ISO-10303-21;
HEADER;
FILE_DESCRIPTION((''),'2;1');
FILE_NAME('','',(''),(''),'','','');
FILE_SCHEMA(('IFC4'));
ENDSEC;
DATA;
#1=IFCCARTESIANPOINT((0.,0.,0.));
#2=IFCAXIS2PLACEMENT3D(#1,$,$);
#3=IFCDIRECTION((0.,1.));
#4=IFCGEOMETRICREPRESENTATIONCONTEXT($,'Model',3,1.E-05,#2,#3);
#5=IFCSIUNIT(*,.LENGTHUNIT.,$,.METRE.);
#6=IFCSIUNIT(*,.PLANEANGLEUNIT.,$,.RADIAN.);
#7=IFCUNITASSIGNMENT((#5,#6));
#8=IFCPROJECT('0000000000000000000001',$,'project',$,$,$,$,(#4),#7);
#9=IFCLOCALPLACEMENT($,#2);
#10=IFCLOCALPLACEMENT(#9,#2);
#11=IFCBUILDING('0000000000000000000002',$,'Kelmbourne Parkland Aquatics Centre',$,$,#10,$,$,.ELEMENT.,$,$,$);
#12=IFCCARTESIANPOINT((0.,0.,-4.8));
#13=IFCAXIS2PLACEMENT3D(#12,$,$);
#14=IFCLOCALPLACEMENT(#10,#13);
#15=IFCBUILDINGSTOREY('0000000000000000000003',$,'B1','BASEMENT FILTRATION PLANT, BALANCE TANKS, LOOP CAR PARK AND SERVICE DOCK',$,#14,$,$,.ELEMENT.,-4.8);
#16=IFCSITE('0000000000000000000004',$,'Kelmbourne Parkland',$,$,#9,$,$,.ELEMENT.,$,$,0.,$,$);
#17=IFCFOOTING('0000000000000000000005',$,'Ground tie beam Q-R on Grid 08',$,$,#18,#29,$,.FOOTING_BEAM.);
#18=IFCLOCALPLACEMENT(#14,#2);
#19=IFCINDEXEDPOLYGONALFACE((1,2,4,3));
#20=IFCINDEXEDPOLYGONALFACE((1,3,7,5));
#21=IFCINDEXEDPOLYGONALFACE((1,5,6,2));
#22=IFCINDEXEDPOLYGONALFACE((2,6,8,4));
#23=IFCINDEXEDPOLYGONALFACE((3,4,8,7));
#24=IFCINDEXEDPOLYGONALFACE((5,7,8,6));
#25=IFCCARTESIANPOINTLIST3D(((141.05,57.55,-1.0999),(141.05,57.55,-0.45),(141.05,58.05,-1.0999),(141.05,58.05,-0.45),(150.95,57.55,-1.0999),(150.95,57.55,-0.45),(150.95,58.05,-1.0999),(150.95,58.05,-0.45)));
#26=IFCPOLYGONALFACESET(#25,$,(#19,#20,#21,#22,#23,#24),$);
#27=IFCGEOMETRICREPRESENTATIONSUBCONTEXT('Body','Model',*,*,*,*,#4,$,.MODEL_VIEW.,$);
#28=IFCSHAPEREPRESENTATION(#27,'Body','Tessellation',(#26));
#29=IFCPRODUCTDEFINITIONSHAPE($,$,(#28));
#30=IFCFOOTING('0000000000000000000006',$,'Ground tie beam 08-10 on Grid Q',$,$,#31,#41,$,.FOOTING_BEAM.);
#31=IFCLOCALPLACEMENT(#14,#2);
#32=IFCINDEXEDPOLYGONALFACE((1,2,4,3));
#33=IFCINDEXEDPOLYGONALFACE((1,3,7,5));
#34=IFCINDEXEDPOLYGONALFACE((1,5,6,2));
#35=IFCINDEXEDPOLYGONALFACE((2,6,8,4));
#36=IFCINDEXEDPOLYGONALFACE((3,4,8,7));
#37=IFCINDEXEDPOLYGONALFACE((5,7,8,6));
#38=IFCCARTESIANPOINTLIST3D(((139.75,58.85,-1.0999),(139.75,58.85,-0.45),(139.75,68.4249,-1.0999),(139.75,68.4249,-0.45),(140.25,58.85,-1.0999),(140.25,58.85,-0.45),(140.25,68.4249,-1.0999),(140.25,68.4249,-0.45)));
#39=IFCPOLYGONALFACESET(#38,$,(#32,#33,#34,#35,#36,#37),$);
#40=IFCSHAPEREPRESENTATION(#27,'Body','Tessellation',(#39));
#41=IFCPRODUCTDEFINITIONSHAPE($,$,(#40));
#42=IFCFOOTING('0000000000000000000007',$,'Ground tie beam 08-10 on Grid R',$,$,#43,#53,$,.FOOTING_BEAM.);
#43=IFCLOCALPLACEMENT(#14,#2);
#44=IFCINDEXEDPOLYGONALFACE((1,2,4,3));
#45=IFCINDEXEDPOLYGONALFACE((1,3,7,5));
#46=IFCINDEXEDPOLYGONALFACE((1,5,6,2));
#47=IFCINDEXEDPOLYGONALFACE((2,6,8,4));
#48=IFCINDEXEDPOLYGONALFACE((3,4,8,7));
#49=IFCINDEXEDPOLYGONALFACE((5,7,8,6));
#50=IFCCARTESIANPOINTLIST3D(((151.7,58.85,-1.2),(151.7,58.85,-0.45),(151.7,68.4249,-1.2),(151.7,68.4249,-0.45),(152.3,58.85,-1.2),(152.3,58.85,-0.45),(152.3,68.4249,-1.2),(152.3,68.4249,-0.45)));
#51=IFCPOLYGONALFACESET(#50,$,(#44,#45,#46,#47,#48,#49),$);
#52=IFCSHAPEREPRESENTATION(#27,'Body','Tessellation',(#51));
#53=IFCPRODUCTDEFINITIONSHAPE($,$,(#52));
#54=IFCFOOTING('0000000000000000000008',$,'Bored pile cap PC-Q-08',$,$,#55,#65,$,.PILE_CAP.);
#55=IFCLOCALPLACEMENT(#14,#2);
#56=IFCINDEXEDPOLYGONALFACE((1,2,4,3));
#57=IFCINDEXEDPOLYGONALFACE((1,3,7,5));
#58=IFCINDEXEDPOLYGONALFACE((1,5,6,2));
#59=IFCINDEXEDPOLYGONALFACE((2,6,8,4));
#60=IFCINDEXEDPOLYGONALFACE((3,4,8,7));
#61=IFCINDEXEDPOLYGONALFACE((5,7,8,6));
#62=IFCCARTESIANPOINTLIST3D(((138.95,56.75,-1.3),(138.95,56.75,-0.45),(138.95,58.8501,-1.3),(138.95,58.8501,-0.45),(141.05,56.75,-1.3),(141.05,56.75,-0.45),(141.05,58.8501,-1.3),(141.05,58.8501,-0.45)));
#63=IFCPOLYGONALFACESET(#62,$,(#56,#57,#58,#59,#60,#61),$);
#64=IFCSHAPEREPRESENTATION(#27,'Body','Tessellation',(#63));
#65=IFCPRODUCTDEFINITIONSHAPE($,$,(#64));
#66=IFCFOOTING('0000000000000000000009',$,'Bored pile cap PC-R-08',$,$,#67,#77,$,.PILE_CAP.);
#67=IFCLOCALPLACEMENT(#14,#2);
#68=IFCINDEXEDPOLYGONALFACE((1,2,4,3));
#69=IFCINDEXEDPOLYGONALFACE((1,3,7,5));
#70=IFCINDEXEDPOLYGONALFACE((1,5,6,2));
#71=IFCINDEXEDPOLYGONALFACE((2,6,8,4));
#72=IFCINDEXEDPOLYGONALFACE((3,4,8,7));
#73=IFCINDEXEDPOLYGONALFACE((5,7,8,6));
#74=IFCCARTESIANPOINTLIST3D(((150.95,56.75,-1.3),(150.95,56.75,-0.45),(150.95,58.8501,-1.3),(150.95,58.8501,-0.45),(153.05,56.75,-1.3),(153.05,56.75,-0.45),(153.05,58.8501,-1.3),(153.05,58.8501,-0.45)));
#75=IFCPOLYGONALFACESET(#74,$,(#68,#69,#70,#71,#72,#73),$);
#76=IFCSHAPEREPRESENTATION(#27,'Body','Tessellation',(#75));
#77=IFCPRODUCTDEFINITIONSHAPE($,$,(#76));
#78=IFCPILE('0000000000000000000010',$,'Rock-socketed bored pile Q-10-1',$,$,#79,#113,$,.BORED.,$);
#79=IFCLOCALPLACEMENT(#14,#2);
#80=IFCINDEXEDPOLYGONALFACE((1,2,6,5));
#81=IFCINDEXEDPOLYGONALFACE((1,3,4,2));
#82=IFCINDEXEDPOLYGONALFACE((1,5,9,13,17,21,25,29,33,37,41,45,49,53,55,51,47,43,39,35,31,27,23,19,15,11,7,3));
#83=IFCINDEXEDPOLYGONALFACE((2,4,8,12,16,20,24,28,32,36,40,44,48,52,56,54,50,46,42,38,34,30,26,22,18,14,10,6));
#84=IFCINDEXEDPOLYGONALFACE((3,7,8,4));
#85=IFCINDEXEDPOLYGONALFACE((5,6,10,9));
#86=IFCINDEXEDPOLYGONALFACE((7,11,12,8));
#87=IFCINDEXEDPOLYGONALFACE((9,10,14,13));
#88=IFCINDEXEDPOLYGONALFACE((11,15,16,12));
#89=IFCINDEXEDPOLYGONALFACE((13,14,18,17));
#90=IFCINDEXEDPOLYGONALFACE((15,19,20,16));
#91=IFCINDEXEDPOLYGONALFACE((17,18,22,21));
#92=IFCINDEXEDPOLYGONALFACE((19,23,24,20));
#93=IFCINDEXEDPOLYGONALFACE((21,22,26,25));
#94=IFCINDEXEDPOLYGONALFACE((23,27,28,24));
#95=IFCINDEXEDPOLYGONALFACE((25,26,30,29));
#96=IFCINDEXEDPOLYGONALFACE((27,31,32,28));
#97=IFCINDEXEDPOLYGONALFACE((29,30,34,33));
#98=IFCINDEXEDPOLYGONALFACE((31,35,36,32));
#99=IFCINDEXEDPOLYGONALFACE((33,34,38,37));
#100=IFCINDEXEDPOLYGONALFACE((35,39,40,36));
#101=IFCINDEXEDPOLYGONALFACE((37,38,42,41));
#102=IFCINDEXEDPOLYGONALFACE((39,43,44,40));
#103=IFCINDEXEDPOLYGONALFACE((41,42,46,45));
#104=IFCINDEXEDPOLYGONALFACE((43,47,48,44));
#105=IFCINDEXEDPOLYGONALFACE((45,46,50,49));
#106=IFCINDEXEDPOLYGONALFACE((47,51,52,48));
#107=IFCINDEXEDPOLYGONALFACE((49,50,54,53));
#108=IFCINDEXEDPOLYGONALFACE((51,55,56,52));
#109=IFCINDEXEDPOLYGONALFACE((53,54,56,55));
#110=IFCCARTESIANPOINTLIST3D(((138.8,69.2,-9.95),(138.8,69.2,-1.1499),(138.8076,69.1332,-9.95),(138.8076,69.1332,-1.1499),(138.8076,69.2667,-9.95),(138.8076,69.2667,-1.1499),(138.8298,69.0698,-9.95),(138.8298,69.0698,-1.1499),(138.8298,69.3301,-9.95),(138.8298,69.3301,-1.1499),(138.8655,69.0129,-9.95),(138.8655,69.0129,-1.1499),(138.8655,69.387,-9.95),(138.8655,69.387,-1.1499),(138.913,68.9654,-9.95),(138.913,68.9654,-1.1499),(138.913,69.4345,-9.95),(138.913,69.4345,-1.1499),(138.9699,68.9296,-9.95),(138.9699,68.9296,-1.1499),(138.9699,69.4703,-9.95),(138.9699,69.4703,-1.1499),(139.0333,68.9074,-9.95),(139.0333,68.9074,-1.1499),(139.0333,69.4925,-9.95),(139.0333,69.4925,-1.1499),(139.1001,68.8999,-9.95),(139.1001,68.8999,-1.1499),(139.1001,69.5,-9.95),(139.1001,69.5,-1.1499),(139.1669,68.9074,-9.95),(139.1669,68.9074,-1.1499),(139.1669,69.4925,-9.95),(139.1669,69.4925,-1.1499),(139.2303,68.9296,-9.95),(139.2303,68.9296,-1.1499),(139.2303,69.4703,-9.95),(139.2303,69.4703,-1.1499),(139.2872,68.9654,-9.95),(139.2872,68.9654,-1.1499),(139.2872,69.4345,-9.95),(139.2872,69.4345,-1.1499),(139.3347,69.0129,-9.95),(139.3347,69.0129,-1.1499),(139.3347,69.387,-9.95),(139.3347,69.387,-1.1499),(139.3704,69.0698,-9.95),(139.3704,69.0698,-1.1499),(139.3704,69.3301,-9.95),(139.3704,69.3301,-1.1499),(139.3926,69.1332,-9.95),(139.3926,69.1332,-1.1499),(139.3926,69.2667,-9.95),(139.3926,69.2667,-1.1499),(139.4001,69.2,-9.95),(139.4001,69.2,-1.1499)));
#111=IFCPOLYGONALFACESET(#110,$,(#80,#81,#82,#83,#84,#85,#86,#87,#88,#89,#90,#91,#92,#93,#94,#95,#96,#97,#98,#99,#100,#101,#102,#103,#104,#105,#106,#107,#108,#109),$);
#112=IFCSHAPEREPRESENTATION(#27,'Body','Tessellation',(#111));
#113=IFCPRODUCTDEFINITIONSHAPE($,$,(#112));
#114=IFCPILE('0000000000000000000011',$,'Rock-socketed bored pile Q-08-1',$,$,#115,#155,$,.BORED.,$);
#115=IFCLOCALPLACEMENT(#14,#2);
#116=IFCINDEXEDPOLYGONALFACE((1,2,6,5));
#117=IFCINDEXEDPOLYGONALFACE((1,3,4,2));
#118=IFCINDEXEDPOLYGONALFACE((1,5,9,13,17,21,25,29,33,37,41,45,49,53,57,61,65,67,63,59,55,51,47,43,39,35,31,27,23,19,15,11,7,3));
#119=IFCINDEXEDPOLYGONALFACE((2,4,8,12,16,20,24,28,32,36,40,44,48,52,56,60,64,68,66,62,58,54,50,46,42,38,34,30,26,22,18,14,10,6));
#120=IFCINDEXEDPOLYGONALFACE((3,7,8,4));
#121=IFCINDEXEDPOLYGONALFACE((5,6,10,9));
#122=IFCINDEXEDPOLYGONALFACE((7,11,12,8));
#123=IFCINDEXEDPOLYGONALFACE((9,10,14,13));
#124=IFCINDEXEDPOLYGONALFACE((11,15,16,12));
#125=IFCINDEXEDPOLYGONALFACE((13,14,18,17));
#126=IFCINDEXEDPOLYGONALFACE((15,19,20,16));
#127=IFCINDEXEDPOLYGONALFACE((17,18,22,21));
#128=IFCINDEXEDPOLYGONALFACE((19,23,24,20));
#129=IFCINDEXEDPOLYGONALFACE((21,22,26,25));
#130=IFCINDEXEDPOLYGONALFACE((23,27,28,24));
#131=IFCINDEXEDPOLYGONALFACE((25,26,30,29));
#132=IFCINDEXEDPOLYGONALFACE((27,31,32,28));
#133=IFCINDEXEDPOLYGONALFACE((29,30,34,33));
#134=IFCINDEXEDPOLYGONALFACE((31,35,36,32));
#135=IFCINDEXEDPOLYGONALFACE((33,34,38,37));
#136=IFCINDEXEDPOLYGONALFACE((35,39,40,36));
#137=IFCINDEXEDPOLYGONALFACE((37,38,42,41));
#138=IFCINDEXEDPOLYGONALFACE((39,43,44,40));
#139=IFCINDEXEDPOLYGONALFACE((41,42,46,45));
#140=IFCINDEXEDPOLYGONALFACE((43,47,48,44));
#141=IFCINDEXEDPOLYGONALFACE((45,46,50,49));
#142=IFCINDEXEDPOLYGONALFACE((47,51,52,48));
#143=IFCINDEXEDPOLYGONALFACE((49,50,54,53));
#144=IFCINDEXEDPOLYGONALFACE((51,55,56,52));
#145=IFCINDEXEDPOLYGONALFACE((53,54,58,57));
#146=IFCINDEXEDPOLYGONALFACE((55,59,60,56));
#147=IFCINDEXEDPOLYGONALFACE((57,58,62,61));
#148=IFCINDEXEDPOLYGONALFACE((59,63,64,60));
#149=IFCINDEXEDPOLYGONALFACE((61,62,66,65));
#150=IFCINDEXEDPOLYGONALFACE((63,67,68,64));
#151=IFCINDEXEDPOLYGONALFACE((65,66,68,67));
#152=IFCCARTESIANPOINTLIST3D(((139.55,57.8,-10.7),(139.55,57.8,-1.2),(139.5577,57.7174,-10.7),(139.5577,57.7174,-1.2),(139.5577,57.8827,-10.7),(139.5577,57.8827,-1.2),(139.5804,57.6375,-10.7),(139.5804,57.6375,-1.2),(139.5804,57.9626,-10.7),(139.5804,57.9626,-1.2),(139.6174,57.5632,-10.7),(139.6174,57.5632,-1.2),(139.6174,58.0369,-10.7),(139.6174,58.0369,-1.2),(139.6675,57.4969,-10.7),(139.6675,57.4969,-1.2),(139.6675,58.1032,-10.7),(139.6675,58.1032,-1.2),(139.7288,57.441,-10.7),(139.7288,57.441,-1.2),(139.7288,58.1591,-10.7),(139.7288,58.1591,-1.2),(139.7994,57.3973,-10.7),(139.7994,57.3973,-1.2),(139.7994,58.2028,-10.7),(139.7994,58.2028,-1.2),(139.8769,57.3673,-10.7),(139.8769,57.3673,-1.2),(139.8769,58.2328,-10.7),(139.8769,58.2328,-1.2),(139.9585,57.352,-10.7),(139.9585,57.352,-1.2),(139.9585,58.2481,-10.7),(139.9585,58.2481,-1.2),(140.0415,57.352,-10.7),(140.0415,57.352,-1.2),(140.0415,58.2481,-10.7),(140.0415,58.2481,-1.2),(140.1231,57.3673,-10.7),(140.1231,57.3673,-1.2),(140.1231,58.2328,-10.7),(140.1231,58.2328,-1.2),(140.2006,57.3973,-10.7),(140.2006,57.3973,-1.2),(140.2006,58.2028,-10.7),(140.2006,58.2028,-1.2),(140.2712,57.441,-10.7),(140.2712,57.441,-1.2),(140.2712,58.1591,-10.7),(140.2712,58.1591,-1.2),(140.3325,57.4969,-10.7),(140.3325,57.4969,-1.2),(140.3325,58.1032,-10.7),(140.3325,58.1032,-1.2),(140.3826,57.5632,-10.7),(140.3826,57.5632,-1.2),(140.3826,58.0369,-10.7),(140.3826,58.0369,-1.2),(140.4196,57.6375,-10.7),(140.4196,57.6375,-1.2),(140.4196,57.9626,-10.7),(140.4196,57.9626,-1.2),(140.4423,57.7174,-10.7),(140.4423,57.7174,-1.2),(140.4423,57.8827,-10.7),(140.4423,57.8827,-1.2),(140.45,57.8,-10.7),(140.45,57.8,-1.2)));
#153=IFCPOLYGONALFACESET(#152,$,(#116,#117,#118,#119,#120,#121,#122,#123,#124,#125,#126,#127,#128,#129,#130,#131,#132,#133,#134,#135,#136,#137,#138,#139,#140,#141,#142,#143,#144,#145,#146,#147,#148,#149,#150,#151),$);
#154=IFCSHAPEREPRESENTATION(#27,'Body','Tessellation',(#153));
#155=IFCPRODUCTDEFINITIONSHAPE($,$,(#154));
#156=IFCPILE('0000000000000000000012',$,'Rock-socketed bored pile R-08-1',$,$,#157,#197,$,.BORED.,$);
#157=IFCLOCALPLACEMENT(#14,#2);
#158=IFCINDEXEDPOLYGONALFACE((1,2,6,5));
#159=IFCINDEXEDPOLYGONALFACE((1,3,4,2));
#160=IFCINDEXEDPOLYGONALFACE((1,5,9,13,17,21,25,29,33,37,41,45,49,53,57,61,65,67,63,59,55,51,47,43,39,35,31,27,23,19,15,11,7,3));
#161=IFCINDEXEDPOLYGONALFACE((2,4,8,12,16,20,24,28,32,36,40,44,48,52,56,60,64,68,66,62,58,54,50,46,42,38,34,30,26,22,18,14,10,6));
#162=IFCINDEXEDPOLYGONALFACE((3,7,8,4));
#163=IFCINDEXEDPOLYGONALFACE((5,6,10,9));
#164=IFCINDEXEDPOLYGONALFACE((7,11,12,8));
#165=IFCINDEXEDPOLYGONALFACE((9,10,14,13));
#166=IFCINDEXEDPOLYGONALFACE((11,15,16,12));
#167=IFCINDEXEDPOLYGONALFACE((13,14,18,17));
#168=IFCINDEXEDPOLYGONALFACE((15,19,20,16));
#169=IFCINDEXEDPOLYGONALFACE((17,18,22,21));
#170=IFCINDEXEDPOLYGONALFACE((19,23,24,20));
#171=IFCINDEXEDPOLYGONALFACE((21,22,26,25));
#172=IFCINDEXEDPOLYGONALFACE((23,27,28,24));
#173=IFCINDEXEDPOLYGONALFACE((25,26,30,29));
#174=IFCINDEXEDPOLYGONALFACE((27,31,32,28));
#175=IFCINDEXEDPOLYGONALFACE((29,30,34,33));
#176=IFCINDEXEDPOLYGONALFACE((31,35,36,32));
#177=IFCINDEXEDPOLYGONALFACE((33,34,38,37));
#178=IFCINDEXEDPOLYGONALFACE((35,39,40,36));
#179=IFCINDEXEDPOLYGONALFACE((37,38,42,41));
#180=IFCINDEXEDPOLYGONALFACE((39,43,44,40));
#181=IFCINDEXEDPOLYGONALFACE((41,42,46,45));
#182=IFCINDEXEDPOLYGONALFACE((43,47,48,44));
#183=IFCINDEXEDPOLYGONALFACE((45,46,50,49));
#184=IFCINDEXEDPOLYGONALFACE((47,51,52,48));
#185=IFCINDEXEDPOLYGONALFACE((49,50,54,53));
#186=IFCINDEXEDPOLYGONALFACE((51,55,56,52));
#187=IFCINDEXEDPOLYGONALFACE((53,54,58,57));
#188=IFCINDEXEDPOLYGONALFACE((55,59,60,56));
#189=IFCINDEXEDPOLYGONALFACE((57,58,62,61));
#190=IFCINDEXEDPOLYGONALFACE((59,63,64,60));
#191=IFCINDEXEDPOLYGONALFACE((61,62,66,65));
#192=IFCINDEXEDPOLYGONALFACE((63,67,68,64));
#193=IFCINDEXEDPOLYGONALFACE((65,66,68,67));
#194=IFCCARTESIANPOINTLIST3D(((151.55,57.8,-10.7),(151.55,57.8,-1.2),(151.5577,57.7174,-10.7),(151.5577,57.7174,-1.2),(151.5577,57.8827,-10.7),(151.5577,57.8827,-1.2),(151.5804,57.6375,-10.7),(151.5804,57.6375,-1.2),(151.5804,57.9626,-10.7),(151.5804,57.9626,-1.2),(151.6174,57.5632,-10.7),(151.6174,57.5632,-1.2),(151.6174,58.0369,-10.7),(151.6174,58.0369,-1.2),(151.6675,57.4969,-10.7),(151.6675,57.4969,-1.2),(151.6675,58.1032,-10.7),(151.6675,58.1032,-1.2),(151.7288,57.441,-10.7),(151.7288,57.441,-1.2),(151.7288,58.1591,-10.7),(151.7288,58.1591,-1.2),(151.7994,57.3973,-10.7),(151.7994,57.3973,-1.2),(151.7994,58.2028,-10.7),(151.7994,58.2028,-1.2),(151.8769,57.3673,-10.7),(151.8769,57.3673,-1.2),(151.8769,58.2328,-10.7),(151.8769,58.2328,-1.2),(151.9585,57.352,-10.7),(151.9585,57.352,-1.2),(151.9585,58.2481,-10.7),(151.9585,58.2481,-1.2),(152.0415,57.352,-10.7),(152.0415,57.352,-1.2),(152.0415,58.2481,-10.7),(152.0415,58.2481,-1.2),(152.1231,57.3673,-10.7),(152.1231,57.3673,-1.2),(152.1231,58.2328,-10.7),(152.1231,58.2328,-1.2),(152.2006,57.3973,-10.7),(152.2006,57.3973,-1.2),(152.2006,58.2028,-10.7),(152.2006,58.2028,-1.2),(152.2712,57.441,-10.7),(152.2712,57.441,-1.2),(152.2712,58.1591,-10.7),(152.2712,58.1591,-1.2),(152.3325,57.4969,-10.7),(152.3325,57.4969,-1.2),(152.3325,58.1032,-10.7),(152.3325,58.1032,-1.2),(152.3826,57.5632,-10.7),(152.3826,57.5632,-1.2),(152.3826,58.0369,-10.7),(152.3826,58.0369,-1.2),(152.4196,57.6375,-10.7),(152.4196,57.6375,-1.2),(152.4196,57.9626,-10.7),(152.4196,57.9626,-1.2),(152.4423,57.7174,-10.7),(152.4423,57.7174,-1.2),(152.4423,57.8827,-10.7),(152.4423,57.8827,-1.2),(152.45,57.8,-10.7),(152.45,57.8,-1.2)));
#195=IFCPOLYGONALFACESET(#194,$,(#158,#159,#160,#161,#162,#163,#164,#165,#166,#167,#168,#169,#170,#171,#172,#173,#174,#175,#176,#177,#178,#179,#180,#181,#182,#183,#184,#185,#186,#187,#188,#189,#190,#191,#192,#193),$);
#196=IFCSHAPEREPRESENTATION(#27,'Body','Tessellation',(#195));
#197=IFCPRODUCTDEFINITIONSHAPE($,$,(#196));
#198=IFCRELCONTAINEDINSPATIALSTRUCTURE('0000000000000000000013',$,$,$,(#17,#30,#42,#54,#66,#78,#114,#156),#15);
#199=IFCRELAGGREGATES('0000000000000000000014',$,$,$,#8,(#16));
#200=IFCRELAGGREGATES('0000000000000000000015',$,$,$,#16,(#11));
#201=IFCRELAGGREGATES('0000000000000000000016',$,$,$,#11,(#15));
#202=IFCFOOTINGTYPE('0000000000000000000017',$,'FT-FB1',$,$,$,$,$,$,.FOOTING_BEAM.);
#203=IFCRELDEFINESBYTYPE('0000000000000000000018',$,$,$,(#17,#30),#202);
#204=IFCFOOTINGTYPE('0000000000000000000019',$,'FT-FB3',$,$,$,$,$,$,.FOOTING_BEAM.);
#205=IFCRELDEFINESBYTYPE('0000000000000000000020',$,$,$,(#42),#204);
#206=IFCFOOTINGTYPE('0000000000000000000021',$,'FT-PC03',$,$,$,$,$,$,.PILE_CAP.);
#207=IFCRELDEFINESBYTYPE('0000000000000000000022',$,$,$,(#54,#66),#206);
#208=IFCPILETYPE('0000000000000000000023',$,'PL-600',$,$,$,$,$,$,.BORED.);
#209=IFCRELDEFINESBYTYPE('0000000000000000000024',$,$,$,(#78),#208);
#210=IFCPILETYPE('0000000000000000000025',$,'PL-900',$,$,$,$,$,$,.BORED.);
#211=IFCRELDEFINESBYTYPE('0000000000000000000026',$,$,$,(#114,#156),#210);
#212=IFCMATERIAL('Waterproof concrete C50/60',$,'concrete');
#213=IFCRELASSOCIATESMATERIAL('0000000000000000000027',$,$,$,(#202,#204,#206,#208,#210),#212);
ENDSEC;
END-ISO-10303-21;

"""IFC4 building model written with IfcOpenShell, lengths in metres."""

from ifc_helpers import new_model, si_unit, direction, frame, origin, origin_2d, place, context, subcontext, project, spatial, rectangle, circle, extrude, material, material_profile, profile_set, type_object, element, save


model = new_model("IFC4")

# Units and contexts
model_context = context("Model", 3, precision=1e-05, world=origin(), true_north=direction((0.0, 1.0)))
body_context = subcontext(model_context, "Body", "Model", "MODEL_VIEW")
ifc_project = project(units=[si_unit("LENGTHUNIT", "METRE"), si_unit("PLANEANGLEUNIT", "RADIAN")], contexts=[model_context])

# Site, building, storey
site_placement = place(None, origin())
site = spatial("IfcSite", under=ifc_project, at=site_placement, Name="Kelmbourne Parkland", CompositionType="ELEMENT", RefElevation=0.0)
building_placement = place(site_placement, origin())
building = spatial("IfcBuilding", under=site, at=building_placement, Name="Kelmbourne Parkland Aquatics Centre", CompositionType="ELEMENT")
storey_placement = place(building_placement, frame((0.0, 0.0, -4.8)))
storey = spatial("IfcBuildingStorey", under=building, at=storey_placement, Name="B1", Description="BASEMENT FILTRATION PLANT, BALANCE TANKS, LOOP CAR PARK AND SERVICE DOCK", CompositionType="ELEMENT", Elevation=-4.8)

# Footings
ifc_material_1 = material(Name="Waterproof concrete C50/60", Category="concrete")
footing_type_1 = type_object("IfcFootingType", Name="FT-FB1", PredefinedType="FOOTING_BEAM", material=ifc_material_1)
footing_1_placement = place(storey_placement, frame((146.0, 57.8, -1.0999), z_axis=(0.0, 0.0, 1.0), x_axis=(1.0, 0.0, 0.0)))
element("IfcFooting", 1, at=footing_1_placement, inside=storey, type_object=footing_type_1, Name="Ground tie beam Q-R on Grid 08", PredefinedType="FOOTING_BEAM", context=body_context, shape_type="SweptSolid", body=[
    extrude(rectangle(XDim=9.8999, YDim=0.5, at=origin_2d()), origin(), (0.0, 0.0, 1.0), 0.6499),
])
footing_2_placement = place(storey_placement, frame((140.0, 63.6375, -1.0999), z_axis=(0.0, 0.0, 1.0), x_axis=(0.0, 1.0, 0.0)))
element("IfcFooting", 2, at=footing_2_placement, inside=storey, type_object=footing_type_1, Name="Ground tie beam 08-10 on Grid Q", PredefinedType="FOOTING_BEAM", context=body_context, shape_type="SweptSolid", body=[
    extrude(rectangle(XDim=9.575, YDim=0.5, at=origin_2d()), origin(), (0.0, 0.0, 1.0), 0.6499),
])
footing_type_2 = type_object("IfcFootingType", Name="FT-FB3", PredefinedType="FOOTING_BEAM", material=ifc_material_1)
footing_3_placement = place(storey_placement, frame((152.0, 63.6375, -1.2), z_axis=(0.0, 0.0, 1.0), x_axis=(0.0, 1.0, 0.0)))
element("IfcFooting", 3, at=footing_3_placement, inside=storey, type_object=footing_type_2, Name="Ground tie beam 08-10 on Grid R", PredefinedType="FOOTING_BEAM", context=body_context, shape_type="SweptSolid", body=[
    extrude(rectangle(XDim=9.575, YDim=0.6001, at=origin_2d()), origin(), (0.0, 0.0, 1.0), 0.75),
])
footing_type_3 = type_object("IfcFootingType", Name="FT-PC03", PredefinedType="PILE_CAP", material=ifc_material_1)
for number, where, z_axis, x_axis, name in (
    (4, (140.0, 57.8, -1.3), (0.0, 0.0, 1.0), (1.0, 0.0, 0.0), "Bored pile cap PC-Q-08"),
    (5, (152.0, 57.8, -1.3), (0.0, 0.0, 1.0), (1.0, 0.0, 0.0), "Bored pile cap PC-R-08"),
):
    element("IfcFooting", number, at=place(storey_placement, frame(where, z_axis=z_axis, x_axis=x_axis)), inside=storey, type_object=footing_type_3, Name=name, PredefinedType="PILE_CAP", context=body_context, shape_type="SweptSolid", body=[
        extrude(rectangle(XDim=2.1001, YDim=2.1001, at=origin_2d()), origin(), (0.0, 0.0, 1.0), 0.8501),
    ])

# Piles
ifc_material_profile_1 = material_profile(ifc_material_1, circle(Radius=0.3, at=origin_2d()), Name="PILE D600")
ifc_profile_set_1 = profile_set([ifc_material_profile_1], Name="Waterproof concrete C50/60")
pile_type_1 = type_object("IfcPileType", Name="PL-600", PredefinedType="BORED", material=ifc_profile_set_1)
pile_placement = place(storey_placement, frame((139.1001, 69.2, -1.1499), z_axis=(0.0, 0.0, -1.0), x_axis=(1.0, 0.0, 0.0)))
element("IfcPile", 6, at=pile_placement, inside=storey, type_object=pile_type_1, Name="Rock-socketed bored pile Q-10-1", PredefinedType="BORED", context=body_context, shape_type="SweptSolid", body=[
    extrude(circle(Radius=0.3, at=origin_2d()), origin(), (0.0, 0.0, 1.0), 8.8),
])
ifc_material_profile_2 = material_profile(ifc_material_1, circle(Radius=0.45, at=origin_2d()), Name="PILE D900")
ifc_profile_set_2 = profile_set([ifc_material_profile_2], Name="Waterproof concrete C50/60")
pile_type_2 = type_object("IfcPileType", Name="PL-900", PredefinedType="BORED", material=ifc_profile_set_2)
for number, where, z_axis, x_axis, name in (
    (7, (140.0, 57.8, -1.2), (0.0, 0.0, -1.0), (1.0, 0.0, 0.0), "Rock-socketed bored pile Q-08-1"),
    (8, (152.0, 57.8, -1.2), (0.0, 0.0, -1.0), (1.0, 0.0, 0.0), "Rock-socketed bored pile R-08-1"),
):
    element("IfcPile", number, at=place(storey_placement, frame(where, z_axis=z_axis, x_axis=x_axis)), inside=storey, type_object=pile_type_2, Name=name, PredefinedType="BORED", context=body_context, shape_type="SweptSolid", body=[
        extrude(circle(Radius=0.45, at=origin_2d()), origin(), (0.0, 0.0, 1.0), 9.5),
    ])

save(model, "model.ifc")
